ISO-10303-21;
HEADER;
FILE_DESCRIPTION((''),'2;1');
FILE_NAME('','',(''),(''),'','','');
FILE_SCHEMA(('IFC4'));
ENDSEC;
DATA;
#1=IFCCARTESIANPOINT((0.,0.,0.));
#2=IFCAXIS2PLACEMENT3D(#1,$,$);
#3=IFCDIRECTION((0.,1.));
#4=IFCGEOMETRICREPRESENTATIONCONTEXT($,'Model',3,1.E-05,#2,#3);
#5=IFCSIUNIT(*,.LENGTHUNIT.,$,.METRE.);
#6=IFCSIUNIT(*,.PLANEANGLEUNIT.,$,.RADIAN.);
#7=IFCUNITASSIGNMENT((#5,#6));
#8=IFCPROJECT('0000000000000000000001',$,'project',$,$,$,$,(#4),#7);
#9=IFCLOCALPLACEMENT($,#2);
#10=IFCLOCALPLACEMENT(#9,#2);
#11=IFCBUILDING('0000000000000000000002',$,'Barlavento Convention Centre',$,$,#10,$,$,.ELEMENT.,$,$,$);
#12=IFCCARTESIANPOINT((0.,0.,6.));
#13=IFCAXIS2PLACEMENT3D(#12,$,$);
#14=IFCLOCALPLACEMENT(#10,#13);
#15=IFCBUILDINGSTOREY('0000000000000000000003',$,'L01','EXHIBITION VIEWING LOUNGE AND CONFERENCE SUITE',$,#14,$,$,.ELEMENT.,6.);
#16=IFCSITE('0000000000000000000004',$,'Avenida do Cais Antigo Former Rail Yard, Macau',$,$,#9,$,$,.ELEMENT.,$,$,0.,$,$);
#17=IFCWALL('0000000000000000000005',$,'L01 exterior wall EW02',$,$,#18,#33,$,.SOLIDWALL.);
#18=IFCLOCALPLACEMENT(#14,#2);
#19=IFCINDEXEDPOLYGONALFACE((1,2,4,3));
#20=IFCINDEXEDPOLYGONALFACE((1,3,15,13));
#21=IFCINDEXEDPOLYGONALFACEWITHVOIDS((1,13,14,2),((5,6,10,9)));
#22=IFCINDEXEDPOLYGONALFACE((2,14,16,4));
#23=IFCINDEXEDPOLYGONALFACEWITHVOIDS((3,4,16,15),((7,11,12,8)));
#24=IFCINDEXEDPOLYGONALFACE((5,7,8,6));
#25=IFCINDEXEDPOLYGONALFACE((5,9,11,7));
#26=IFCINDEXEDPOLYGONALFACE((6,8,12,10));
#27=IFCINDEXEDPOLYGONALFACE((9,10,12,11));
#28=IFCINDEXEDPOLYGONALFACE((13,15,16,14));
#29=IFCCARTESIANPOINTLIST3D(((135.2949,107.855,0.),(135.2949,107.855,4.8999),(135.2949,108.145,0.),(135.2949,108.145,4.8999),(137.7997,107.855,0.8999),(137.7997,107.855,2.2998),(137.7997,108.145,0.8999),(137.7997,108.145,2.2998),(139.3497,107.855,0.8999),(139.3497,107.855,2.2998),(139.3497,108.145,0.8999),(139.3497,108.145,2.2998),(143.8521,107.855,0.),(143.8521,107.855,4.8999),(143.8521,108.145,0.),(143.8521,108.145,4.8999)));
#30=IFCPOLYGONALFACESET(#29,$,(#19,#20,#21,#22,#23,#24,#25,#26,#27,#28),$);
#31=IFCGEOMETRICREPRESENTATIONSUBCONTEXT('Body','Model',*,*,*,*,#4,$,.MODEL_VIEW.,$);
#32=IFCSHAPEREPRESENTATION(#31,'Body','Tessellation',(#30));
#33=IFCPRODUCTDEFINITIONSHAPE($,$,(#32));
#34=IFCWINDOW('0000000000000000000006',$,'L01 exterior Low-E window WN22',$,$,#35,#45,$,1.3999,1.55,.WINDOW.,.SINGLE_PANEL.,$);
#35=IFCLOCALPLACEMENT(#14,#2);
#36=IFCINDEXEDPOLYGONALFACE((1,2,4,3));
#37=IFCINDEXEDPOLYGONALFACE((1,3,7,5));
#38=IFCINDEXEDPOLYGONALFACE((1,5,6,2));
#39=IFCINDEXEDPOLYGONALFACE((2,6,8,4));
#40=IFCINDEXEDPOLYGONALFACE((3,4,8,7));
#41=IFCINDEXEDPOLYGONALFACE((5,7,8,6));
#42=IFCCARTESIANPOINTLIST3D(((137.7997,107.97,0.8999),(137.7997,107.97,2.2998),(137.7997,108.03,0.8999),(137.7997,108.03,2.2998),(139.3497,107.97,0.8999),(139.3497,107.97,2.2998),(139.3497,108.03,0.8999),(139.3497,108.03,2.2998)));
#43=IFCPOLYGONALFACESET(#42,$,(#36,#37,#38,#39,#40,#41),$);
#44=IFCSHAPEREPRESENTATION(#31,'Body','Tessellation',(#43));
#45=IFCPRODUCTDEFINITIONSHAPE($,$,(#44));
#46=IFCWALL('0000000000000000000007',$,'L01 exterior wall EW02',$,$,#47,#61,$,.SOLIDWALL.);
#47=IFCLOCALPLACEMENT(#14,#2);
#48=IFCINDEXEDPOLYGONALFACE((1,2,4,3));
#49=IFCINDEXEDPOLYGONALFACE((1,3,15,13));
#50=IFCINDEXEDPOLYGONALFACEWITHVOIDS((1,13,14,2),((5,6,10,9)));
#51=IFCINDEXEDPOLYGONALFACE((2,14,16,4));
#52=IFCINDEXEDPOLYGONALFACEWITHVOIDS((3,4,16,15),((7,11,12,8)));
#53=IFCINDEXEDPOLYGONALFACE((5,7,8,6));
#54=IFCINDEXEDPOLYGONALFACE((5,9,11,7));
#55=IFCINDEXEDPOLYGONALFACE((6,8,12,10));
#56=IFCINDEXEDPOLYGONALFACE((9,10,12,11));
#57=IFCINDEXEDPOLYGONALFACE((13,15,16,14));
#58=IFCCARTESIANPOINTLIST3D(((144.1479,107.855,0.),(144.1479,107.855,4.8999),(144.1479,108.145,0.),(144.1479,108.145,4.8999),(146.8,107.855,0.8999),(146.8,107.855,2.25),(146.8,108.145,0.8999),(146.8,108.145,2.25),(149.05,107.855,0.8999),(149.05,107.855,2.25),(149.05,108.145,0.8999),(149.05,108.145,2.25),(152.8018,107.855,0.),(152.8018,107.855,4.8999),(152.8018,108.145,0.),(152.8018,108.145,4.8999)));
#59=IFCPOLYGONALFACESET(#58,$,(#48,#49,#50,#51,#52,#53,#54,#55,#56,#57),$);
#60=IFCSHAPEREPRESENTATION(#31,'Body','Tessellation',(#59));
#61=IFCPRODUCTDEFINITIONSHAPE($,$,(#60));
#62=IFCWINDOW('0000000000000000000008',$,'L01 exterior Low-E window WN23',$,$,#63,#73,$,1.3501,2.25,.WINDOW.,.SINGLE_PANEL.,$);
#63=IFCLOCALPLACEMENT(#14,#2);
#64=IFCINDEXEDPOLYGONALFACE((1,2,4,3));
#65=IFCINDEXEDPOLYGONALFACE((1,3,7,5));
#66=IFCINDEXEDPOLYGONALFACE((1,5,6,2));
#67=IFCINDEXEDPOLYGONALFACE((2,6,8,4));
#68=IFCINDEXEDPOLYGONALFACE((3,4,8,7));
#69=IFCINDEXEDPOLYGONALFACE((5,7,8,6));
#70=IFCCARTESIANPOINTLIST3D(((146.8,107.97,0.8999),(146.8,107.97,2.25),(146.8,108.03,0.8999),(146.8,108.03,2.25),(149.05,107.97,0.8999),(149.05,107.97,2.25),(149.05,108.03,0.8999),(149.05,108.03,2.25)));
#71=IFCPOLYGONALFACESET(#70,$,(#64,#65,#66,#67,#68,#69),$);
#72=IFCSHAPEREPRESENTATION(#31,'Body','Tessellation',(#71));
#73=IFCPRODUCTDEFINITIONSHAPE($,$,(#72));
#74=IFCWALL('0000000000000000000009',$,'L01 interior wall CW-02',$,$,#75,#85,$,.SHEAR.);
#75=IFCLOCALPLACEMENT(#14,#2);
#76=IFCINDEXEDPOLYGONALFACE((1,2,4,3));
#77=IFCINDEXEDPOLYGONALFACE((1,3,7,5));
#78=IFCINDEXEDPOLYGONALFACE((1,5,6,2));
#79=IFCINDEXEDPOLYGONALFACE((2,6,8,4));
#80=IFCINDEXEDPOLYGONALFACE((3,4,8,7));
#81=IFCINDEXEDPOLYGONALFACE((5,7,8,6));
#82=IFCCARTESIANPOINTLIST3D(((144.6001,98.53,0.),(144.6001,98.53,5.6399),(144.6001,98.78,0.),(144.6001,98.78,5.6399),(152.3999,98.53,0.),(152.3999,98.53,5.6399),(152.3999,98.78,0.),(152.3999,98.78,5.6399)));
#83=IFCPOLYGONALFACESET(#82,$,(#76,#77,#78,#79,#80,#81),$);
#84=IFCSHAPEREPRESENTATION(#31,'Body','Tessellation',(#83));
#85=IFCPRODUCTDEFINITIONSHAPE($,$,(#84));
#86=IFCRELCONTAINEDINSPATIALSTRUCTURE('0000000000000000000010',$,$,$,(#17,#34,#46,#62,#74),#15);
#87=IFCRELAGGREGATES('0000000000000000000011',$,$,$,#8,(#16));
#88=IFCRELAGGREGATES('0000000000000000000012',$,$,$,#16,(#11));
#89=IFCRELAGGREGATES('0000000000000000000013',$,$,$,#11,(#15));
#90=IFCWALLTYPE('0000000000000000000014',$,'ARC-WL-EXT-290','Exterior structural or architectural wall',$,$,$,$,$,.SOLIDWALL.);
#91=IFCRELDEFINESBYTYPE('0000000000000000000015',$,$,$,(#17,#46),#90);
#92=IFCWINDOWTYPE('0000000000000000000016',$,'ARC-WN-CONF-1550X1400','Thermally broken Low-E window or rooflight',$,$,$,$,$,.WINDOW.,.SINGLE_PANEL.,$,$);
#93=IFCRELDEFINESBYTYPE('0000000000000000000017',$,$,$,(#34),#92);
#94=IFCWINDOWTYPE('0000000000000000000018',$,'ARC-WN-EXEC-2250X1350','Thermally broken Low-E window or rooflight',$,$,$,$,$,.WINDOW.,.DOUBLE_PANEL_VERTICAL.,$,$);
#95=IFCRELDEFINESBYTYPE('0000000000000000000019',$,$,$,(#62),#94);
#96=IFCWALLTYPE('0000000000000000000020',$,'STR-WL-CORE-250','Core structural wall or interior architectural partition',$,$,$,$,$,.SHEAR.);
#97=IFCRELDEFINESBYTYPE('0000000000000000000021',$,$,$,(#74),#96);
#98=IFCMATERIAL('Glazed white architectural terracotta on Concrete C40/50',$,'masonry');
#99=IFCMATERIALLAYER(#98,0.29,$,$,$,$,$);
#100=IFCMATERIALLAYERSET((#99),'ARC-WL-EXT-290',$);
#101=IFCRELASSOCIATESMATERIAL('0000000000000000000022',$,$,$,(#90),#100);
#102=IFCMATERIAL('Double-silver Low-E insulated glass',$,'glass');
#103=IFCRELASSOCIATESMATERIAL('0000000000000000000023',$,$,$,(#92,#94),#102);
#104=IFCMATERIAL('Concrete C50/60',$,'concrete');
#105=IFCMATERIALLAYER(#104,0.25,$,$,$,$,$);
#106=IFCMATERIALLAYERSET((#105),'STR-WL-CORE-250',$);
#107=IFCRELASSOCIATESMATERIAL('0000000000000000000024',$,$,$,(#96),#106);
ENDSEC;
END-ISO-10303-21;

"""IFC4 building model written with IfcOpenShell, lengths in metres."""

from ifc_helpers import new_model, si_unit, direction, frame, frame_2d, origin, place, context, subcontext, project, spatial, rectangle, extrude, material, layer, layer_set, type_object, element, fill, save


model = new_model("IFC4")

# Units and contexts
model_context = context("Model", 3, precision=1e-05, world=origin(), true_north=direction((0.0, 1.0)))
body_context = subcontext(model_context, "Body", "Model", "MODEL_VIEW")
ifc_project = project(units=[si_unit("LENGTHUNIT", "METRE"), si_unit("PLANEANGLEUNIT", "RADIAN")], contexts=[model_context])

# Site, building, storey
site_placement = place(None, origin())
site = spatial("IfcSite", under=ifc_project, at=site_placement, Name="Avenida do Cais Antigo Former Rail Yard, Macau", CompositionType="ELEMENT", RefElevation=0.0)
building_placement = place(site_placement, origin())
building = spatial("IfcBuilding", under=site, at=building_placement, Name="Barlavento Convention Centre", CompositionType="ELEMENT")
storey_placement = place(building_placement, frame((0.0, 0.0, 6.0)))
storey = spatial("IfcBuildingStorey", under=building, at=storey_placement, Name="L01", Description="EXHIBITION VIEWING LOUNGE AND CONFERENCE SUITE", CompositionType="ELEMENT", Elevation=6.0)

# Walls, openings, windows
ifc_material_1 = material(Name="Glazed white architectural terracotta on Concrete C40/50", Category="masonry")
ifc_layer_1 = layer(ifc_material_1, 0.29)
ifc_layer_set_1 = layer_set([ifc_layer_1], Name="ARC-WL-EXT-290")
wall_type_1 = type_object("IfcWallType", Name="ARC-WL-EXT-290", Description="Exterior structural or architectural wall", PredefinedType="SOLIDWALL", material=ifc_layer_set_1)
wall_1_placement = place(storey_placement, frame((135.2949, 108.0, 0.0), z_axis=(0.0, 0.0, 1.0), x_axis=(1.0, 0.0, 0.0)))
wall_1 = element("IfcWall", 1, at=wall_1_placement, inside=storey, type_object=wall_type_1, Name="L01 exterior wall EW02", PredefinedType="SOLIDWALL", context=body_context, shape_type="SweptSolid", body=[
    extrude(rectangle(XDim=8.5571, YDim=0.29, at=frame_2d((4.2786, 0.0))), origin(), (0.0, 0.0, 1.0), 4.8999),
])
opening_1_placement = place(wall_1_placement, frame((2.5049, 0.0, 0.8999)))
opening_1 = element("IfcOpeningElement", 2, at=opening_1_placement, cuts=wall_1, PredefinedType="OPENING", context=body_context, shape_type="SweptSolid", body=[
    extrude(rectangle(XDim=1.55, YDim=1.3999, at=frame_2d((0.7749, 0.7))), frame((0.0, 0.155, 0.0), z_axis=(0.0, -1.0, 0.0), x_axis=(1.0, 0.0, 0.0)), (0.0, 0.0, 1.0), 0.3101),
])
ifc_material_2 = material(Name="Double-silver Low-E insulated glass", Category="glass")
window_type_1 = type_object("IfcWindowType", Name="ARC-WN-CONF-1550X1400", Description="Thermally broken Low-E window or rooflight", PartitioningType="SINGLE_PANEL", PredefinedType="WINDOW", material=ifc_material_2)
window_1_placement = place(opening_1_placement, origin())
window_1 = element("IfcWindow", 3, at=window_1_placement, inside=storey, type_object=window_type_1, Name="L01 exterior Low-E window WN22", OverallHeight=1.3999, OverallWidth=1.55, PartitioningType="SINGLE_PANEL", PredefinedType="WINDOW", context=body_context, shape_type="SweptSolid", body=[
    extrude(rectangle(XDim=1.55, YDim=1.3999, at=frame_2d((0.7749, 0.7))), frame((0.0, 0.03, 0.0), z_axis=(0.0, -1.0, 0.0), x_axis=(1.0, 0.0, 0.0)), (0.0, 0.0, 1.0), 0.0601),
])
fill(opening_1, window_1)
wall_2_placement = place(storey_placement, frame((144.1479, 108.0, 0.0), z_axis=(0.0, 0.0, 1.0), x_axis=(1.0, 0.0, 0.0)))
wall_2 = element("IfcWall", 4, at=wall_2_placement, inside=storey, type_object=wall_type_1, Name="L01 exterior wall EW02", PredefinedType="SOLIDWALL", context=body_context, shape_type="SweptSolid", body=[
    extrude(rectangle(XDim=8.6538, YDim=0.29, at=frame_2d((4.3269, 0.0))), origin(), (0.0, 0.0, 1.0), 4.8999),
])
opening_2_placement = place(wall_2_placement, frame((2.6521, 0.0, 0.8999)))
opening_2 = element("IfcOpeningElement", 5, at=opening_2_placement, cuts=wall_2, PredefinedType="OPENING", context=body_context, shape_type="SweptSolid", body=[
    extrude(rectangle(XDim=2.25, YDim=1.3501, at=frame_2d((1.125, 0.675))), frame((0.0, 0.155, 0.0), z_axis=(0.0, -1.0, 0.0), x_axis=(1.0, 0.0, 0.0)), (0.0, 0.0, 1.0), 0.3101),
])
window_type_2 = type_object("IfcWindowType", Name="ARC-WN-EXEC-2250X1350", Description="Thermally broken Low-E window or rooflight", PartitioningType="DOUBLE_PANEL_VERTICAL", PredefinedType="WINDOW", material=ifc_material_2)
window_2_placement = place(opening_2_placement, origin())
window_2 = element("IfcWindow", 6, at=window_2_placement, inside=storey, type_object=window_type_2, Name="L01 exterior Low-E window WN23", OverallHeight=1.3501, OverallWidth=2.25, PartitioningType="SINGLE_PANEL", PredefinedType="WINDOW", context=body_context, shape_type="SweptSolid", body=[
    extrude(rectangle(XDim=2.25, YDim=1.3501, at=frame_2d((1.125, 0.675))), frame((0.0, 0.03, 0.0), z_axis=(0.0, -1.0, 0.0), x_axis=(1.0, 0.0, 0.0)), (0.0, 0.0, 1.0), 0.0601),
])
fill(opening_2, window_2)

# Wall
ifc_material_3 = material(Name="Concrete C50/60", Category="concrete")
ifc_layer_2 = layer(ifc_material_3, 0.25)
ifc_layer_set_2 = layer_set([ifc_layer_2], Name="STR-WL-CORE-250")
wall_type_2 = type_object("IfcWallType", Name="STR-WL-CORE-250", Description="Core structural wall or interior architectural partition", PredefinedType="SHEAR", material=ifc_layer_set_2)
wall_3_placement = place(storey_placement, frame((144.6001, 98.655, 0.0), z_axis=(0.0, 0.0, 1.0), x_axis=(1.0, 0.0, 0.0)))
element("IfcWall", 7, at=wall_3_placement, inside=storey, type_object=wall_type_2, Name="L01 interior wall CW-02", PredefinedType="SHEAR", context=body_context, shape_type="SweptSolid", body=[
    extrude(rectangle(XDim=7.7998, YDim=0.25, at=frame_2d((3.8999, 0.0))), origin(), (0.0, 0.0, 1.0), 5.6399),
])

save(model, "model.ifc")
